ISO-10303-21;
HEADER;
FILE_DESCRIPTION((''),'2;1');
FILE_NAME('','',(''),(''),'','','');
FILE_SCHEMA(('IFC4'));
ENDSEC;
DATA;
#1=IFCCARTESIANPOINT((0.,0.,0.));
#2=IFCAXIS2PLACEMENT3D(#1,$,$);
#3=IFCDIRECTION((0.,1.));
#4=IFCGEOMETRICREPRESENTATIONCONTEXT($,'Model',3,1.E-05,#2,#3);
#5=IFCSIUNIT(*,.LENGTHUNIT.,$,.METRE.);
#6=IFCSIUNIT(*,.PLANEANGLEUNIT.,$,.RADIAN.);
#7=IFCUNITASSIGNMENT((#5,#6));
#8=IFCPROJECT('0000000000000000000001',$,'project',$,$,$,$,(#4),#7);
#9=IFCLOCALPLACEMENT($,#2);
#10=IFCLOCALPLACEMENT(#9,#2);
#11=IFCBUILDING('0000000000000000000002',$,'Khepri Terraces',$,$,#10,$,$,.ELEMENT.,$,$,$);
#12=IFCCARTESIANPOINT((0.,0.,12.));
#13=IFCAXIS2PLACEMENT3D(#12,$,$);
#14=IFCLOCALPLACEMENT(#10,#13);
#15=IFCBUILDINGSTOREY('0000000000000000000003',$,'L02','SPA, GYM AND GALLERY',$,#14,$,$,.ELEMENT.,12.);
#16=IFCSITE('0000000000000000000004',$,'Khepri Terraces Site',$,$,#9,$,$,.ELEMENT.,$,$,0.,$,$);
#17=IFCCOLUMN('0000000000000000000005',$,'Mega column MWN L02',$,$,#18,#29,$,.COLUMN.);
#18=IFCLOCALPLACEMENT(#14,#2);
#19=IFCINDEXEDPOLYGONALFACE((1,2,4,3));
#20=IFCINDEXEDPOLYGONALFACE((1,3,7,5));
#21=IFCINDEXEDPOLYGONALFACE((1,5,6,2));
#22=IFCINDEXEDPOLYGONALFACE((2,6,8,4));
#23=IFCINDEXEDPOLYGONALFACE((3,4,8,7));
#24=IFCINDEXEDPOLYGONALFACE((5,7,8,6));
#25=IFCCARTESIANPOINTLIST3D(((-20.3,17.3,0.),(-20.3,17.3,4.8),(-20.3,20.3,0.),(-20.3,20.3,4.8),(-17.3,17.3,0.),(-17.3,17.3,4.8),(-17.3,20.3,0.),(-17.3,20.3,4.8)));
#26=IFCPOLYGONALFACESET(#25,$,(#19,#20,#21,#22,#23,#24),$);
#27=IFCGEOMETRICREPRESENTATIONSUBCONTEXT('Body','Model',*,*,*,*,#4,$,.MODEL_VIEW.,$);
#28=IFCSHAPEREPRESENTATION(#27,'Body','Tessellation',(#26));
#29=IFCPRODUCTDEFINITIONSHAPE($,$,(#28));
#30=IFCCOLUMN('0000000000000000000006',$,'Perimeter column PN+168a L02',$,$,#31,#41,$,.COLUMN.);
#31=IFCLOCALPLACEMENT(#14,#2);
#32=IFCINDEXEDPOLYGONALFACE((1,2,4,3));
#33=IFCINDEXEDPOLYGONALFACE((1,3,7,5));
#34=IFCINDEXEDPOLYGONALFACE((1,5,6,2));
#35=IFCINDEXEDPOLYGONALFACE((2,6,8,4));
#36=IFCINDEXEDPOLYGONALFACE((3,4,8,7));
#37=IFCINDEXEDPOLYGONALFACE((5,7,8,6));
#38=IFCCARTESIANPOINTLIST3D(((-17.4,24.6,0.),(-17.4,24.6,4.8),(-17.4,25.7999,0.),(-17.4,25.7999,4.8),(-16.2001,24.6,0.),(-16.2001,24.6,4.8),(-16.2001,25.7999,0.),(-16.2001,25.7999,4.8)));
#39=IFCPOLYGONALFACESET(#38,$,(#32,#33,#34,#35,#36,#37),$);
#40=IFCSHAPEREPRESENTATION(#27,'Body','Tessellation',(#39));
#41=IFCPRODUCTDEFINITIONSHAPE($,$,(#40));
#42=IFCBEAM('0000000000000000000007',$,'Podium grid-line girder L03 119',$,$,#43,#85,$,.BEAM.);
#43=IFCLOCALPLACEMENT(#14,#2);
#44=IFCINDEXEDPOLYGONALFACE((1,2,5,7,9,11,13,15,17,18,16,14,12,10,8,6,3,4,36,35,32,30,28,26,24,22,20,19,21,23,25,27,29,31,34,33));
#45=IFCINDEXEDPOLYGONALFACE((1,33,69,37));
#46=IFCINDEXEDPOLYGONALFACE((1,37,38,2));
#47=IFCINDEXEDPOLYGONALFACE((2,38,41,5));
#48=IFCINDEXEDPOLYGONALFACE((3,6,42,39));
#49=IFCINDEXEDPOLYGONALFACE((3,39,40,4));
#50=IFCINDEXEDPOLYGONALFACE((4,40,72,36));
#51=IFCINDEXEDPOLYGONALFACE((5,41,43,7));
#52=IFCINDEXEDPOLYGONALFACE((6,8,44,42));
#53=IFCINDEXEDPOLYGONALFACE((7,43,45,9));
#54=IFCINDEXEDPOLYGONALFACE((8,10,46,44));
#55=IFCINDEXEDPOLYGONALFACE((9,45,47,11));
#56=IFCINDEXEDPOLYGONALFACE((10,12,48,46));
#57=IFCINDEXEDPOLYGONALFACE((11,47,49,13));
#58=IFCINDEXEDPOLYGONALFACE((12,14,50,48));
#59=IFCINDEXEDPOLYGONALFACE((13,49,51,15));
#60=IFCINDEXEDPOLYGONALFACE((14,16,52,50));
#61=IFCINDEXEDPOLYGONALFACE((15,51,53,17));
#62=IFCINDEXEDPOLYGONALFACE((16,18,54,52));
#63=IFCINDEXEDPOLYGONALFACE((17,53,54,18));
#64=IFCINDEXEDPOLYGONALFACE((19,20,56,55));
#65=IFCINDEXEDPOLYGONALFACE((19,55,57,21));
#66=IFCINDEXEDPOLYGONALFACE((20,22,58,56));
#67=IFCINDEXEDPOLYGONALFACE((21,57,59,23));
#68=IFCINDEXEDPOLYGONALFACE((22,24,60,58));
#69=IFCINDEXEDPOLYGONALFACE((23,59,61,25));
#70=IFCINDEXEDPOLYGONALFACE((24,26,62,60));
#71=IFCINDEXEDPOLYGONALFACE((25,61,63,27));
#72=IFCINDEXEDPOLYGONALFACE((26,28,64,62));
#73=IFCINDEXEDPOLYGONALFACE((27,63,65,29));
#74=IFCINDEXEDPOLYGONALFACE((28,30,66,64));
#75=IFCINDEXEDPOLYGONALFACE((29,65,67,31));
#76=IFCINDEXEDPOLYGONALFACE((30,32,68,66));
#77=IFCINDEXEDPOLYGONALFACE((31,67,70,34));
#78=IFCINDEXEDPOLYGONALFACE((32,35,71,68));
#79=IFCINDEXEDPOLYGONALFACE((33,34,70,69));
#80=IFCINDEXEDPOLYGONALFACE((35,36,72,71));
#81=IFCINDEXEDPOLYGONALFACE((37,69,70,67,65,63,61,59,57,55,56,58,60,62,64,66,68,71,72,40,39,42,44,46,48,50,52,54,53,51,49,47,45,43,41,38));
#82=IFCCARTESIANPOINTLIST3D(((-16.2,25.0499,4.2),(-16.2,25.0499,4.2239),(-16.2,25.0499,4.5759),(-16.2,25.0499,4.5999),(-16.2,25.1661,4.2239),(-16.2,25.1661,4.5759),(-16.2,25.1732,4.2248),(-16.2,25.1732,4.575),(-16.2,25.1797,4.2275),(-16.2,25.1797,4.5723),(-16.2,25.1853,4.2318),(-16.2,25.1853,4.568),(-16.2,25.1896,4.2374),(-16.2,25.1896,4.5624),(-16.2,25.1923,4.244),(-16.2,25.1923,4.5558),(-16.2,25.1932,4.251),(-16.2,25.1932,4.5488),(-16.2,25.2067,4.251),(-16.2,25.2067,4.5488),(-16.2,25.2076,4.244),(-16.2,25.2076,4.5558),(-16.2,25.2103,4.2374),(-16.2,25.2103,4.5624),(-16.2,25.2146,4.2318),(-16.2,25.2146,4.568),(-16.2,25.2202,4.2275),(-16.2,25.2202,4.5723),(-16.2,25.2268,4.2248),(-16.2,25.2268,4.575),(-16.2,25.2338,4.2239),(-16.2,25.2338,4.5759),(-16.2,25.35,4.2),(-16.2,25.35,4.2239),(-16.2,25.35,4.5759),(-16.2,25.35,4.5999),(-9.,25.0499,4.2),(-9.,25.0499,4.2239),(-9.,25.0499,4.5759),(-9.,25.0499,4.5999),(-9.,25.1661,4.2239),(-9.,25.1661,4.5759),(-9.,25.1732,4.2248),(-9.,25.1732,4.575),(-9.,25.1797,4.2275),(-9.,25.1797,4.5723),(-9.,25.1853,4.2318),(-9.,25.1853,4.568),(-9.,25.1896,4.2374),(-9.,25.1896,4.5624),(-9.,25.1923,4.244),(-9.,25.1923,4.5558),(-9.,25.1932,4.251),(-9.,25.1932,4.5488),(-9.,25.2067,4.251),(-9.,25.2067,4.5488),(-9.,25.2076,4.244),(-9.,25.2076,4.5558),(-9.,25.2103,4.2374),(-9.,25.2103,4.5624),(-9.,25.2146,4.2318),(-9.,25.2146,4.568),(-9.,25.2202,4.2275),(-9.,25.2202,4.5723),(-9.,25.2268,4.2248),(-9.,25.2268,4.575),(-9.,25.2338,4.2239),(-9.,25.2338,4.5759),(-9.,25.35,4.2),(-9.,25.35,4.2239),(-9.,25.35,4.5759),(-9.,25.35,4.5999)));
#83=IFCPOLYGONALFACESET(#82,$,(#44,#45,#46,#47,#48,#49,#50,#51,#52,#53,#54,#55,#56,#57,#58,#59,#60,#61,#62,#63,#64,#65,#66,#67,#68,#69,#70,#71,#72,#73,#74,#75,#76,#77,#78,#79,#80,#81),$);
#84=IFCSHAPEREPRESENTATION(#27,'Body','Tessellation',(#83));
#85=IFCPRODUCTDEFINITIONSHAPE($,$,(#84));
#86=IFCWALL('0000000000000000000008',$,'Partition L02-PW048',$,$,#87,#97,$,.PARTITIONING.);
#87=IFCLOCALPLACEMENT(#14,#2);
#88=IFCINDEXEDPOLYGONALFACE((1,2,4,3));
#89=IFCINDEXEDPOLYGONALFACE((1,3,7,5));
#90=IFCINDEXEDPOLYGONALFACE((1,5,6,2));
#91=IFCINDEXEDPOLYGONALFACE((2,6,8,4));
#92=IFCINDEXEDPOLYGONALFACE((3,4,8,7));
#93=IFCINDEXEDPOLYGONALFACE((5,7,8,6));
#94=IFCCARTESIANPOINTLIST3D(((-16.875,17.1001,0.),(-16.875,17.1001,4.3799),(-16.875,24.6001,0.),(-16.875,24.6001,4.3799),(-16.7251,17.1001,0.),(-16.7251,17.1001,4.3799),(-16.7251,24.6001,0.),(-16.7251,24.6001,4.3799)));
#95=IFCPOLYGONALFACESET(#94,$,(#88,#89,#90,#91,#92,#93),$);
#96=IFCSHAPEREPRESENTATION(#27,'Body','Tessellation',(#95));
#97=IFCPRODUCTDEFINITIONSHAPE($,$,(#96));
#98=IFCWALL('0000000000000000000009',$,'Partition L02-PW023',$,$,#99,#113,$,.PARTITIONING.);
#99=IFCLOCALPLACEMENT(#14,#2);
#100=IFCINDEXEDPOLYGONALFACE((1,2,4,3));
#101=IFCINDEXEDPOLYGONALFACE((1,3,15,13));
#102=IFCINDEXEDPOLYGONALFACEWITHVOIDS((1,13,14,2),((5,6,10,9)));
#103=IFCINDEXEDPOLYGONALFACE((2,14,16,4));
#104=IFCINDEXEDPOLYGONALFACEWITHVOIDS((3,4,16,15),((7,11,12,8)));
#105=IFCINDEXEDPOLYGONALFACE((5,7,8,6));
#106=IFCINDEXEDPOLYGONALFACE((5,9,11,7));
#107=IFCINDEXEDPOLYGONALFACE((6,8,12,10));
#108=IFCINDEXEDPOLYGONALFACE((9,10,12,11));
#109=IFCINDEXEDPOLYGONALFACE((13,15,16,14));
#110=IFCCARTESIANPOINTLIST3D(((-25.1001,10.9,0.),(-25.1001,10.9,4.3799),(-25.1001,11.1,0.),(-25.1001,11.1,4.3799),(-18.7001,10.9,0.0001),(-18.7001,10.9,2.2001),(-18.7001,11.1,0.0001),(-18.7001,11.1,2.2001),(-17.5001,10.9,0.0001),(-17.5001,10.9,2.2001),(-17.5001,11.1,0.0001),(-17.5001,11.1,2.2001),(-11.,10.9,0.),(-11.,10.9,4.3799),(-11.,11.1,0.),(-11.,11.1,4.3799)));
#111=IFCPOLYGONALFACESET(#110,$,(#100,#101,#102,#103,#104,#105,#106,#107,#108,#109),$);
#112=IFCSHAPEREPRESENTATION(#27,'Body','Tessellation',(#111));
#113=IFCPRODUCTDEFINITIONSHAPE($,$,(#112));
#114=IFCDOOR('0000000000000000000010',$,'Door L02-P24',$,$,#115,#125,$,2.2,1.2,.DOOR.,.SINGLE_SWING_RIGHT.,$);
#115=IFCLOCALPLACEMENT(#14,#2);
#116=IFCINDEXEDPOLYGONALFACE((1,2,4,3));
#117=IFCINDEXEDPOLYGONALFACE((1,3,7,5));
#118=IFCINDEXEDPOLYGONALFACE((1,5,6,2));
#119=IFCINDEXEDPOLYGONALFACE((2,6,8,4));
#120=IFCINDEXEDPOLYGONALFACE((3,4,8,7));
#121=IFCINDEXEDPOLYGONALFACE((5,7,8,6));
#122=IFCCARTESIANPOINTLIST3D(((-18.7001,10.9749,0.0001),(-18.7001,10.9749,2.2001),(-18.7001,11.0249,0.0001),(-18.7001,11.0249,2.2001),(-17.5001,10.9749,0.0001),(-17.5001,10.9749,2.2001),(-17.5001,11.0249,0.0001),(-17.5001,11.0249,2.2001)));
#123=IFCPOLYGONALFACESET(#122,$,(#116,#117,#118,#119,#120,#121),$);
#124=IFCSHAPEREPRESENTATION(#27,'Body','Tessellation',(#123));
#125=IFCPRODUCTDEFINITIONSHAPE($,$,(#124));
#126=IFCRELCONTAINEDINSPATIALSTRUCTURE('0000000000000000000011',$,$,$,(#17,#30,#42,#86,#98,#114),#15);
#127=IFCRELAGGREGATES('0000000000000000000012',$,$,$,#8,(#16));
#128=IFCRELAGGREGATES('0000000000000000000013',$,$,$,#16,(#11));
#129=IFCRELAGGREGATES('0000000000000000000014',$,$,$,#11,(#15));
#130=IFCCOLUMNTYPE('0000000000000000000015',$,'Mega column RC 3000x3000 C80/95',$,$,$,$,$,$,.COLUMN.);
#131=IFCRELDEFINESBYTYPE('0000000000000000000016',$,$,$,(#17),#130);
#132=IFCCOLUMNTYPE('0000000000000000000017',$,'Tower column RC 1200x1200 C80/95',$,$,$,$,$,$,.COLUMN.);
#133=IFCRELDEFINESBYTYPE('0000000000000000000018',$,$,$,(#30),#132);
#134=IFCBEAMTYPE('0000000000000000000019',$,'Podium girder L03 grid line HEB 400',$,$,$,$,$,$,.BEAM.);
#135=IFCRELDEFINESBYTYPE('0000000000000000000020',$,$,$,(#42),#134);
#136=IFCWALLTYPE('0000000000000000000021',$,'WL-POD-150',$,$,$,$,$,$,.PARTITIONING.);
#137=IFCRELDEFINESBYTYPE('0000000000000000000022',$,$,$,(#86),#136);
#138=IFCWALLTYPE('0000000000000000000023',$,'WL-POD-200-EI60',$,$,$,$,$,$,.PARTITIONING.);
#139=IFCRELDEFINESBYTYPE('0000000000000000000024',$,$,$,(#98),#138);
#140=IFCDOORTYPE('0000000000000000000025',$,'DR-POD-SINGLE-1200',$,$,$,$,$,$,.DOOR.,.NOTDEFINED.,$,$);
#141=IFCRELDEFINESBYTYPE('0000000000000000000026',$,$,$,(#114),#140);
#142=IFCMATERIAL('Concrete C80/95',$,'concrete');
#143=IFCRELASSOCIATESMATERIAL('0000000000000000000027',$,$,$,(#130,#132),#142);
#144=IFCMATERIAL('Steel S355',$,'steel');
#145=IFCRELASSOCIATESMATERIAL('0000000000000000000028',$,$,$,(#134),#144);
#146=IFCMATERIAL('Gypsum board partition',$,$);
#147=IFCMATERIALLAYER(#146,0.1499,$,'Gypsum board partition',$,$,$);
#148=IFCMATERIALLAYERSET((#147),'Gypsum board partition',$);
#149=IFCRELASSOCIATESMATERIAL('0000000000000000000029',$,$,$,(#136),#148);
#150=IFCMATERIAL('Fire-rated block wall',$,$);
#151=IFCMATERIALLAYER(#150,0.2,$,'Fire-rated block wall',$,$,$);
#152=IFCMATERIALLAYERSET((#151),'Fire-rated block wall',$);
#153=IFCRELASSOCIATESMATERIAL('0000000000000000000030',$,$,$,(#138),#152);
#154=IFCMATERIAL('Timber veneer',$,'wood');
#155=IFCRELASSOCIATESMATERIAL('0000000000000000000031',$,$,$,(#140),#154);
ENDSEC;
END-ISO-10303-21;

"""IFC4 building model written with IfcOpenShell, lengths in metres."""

from ifc_helpers import new_model, si_unit, direction, frame, frame_2d, origin, origin_2d, place, context, subcontext, project, spatial, rectangle, i_section, extrude, material, layer, layer_set, material_profile, profile_set, type_object, element, fill, save


model = new_model("IFC4")

# Units and contexts
model_context = context("Model", 3, precision=1e-05, world=origin(), true_north=direction((0.0, 1.0)))
body_context = subcontext(model_context, "Body", "Model", "MODEL_VIEW")
ifc_project = project(units=[si_unit("LENGTHUNIT", "METRE"), si_unit("PLANEANGLEUNIT", "RADIAN")], contexts=[model_context])

# Site, building, storey
site_placement = place(None, origin())
site = spatial("IfcSite", under=ifc_project, at=site_placement, Name="Khepri Terraces Site", CompositionType="ELEMENT", RefElevation=0.0)
building_placement = place(site_placement, origin())
building = spatial("IfcBuilding", under=site, at=building_placement, Name="Khepri Terraces", CompositionType="ELEMENT")
storey_placement = place(building_placement, frame((0.0, 0.0, 12.0)))
storey = spatial("IfcBuildingStorey", under=building, at=storey_placement, Name="L02", Description="SPA, GYM AND GALLERY", CompositionType="ELEMENT", Elevation=12.0)

# Columns
ifc_material_1 = material(Name="Concrete C80/95", Category="concrete")
ifc_material_profile_1 = material_profile(ifc_material_1, rectangle(XDim=3.0, YDim=3.0, at=origin_2d()), Name="Concrete C80/95", Category="concrete")
ifc_profile_set_1 = profile_set([ifc_material_profile_1], Name="Concrete C80/95")
column_type_1 = type_object("IfcColumnType", Name="Mega column RC 3000x3000 C80/95", PredefinedType="COLUMN", material=ifc_profile_set_1)
column_1_placement = place(storey_placement, frame((-18.8, 18.8, 0.0), z_axis=(0.0, 0.0, 1.0), x_axis=(1.0, 0.0, 0.0)))
element("IfcColumn", 1, at=column_1_placement, inside=storey, type_object=column_type_1, Name="Mega column MWN L02", PredefinedType="COLUMN", context=body_context, shape_type="SweptSolid", body=[
    extrude(rectangle(XDim=3.0, YDim=3.0, at=origin_2d()), origin(), (0.0, 0.0, 1.0), 4.8),
])
ifc_material_profile_2 = material_profile(ifc_material_1, rectangle(XDim=1.2, YDim=1.2, at=origin_2d()), Name="Concrete C80/95", Category="concrete")
ifc_profile_set_2 = profile_set([ifc_material_profile_2], Name="Concrete C80/95")
column_type_2 = type_object("IfcColumnType", Name="Tower column RC 1200x1200 C80/95", PredefinedType="COLUMN", material=ifc_profile_set_2)
column_2_placement = place(storey_placement, frame((-16.8, 25.2, 0.0), z_axis=(0.0, 0.0, 1.0), x_axis=(1.0, 0.0, 0.0)))
element("IfcColumn", 2, at=column_2_placement, inside=storey, type_object=column_type_2, Name="Perimeter column PN+168a L02", PredefinedType="COLUMN", context=body_context, shape_type="SweptSolid", body=[
    extrude(rectangle(XDim=1.2, YDim=1.2, at=origin_2d()), origin(), (0.0, 0.0, 1.0), 4.8),
])

# Beam
ifc_material_2 = material(Name="Steel S355", Category="steel")
ifc_material_profile_3 = material_profile(ifc_material_2, i_section(OverallWidth=0.3, OverallDepth=0.3999, WebThickness=0.0134, FlangeThickness=0.0239, FilletRadius=0.0271, at=origin_2d()), Name="Steel S355", Category="steel")
ifc_profile_set_3 = profile_set([ifc_material_profile_3], Name="Steel S355")
beam_type = type_object("IfcBeamType", Name="Podium girder L03 grid line HEB 400", PredefinedType="BEAM", material=ifc_profile_set_3)
beam_placement = place(storey_placement, frame((-16.2, 25.2, 4.3999), z_axis=(1.0, 0.0, 0.0), x_axis=(0.0, 1.0, 0.0)))
element("IfcBeam", 3, at=beam_placement, inside=storey, type_object=beam_type, Name="Podium grid-line girder L03 119", PredefinedType="BEAM", context=body_context, shape_type="SweptSolid", body=[
    extrude(i_section(OverallWidth=0.3, OverallDepth=0.3999, WebThickness=0.0134, FlangeThickness=0.0239, FilletRadius=0.0271, at=origin_2d()), origin(), (0.0, 0.0, 1.0), 7.2),
])

# Wall
ifc_material_3 = material(Name="Gypsum board partition")
ifc_layer_1 = layer(ifc_material_3, 0.1499, Name="Gypsum board partition")
ifc_layer_set_1 = layer_set([ifc_layer_1], Name="Gypsum board partition")
wall_type_1 = type_object("IfcWallType", Name="WL-POD-150", PredefinedType="PARTITIONING", material=ifc_layer_set_1)
wall_1_placement = place(storey_placement, frame((-16.8, 17.1001, 0.0), z_axis=(0.0, 0.0, 1.0), x_axis=(0.0, 1.0, 0.0)))
element("IfcWall", 4, at=wall_1_placement, inside=storey, type_object=wall_type_1, Name="Partition L02-PW048", PredefinedType="PARTITIONING", context=body_context, shape_type="SweptSolid", body=[
    extrude(rectangle(XDim=7.5, YDim=0.1499, at=frame_2d((3.75, 0.0))), origin(), (0.0, 0.0, 1.0), 4.3799),
])

# Wall, opening, door
ifc_material_4 = material(Name="Fire-rated block wall")
ifc_layer_2 = layer(ifc_material_4, 0.2, Name="Fire-rated block wall")
ifc_layer_set_2 = layer_set([ifc_layer_2], Name="Fire-rated block wall")
wall_type_2 = type_object("IfcWallType", Name="WL-POD-200-EI60", PredefinedType="PARTITIONING", material=ifc_layer_set_2)
wall_2_placement = place(storey_placement, frame((-25.1001, 11.0, 0.0), z_axis=(0.0, 0.0, 1.0), x_axis=(1.0, 0.0, 0.0)))
wall_2 = element("IfcWall", 5, at=wall_2_placement, inside=storey, type_object=wall_type_2, Name="Partition L02-PW023", PredefinedType="PARTITIONING", context=body_context, shape_type="SweptSolid", body=[
    extrude(rectangle(XDim=14.1001, YDim=0.2, at=frame_2d((7.05, 0.0))), origin(), (0.0, 0.0, 1.0), 4.3799),
])
opening_1_placement = place(wall_2_placement, frame((6.3999, 0.0, 0.0)))
opening_1 = element("IfcOpeningElement", 6, at=opening_1_placement, cuts=wall_2, PredefinedType="OPENING", context=body_context, shape_type="SweptSolid", body=[
    extrude(rectangle(XDim=1.2, YDim=2.2, at=frame_2d((0.6001, 1.1001))), frame((0.0, 0.1099, 0.0), z_axis=(0.0, -1.0, 0.0), x_axis=(1.0, 0.0, 0.0)), (0.0, 0.0, 1.0), 0.22),
])
ifc_material_5 = material(Name="Timber veneer", Category="wood")
door_type_1 = type_object("IfcDoorType", Name="DR-POD-SINGLE-1200", OperationType="NOTDEFINED", PredefinedType="DOOR", material=ifc_material_5)
door_1_placement = place(opening_1_placement, origin())
door_1 = element("IfcDoor", 7, at=door_1_placement, inside=storey, type_object=door_type_1, Name="Door L02-P24", OperationType="SINGLE_SWING_RIGHT", OverallHeight=2.2, OverallWidth=1.2, PredefinedType="DOOR", context=body_context, shape_type="SweptSolid", body=[
    extrude(rectangle(XDim=1.2, YDim=2.2, at=frame_2d((0.6001, 1.1001))), frame((0.0, 0.0249, 0.0), z_axis=(0.0, -1.0, 0.0), x_axis=(1.0, 0.0, 0.0)), (0.0, 0.0, 1.0), 0.05),
])
fill(opening_1, door_1)

save(model, "model.ifc")
